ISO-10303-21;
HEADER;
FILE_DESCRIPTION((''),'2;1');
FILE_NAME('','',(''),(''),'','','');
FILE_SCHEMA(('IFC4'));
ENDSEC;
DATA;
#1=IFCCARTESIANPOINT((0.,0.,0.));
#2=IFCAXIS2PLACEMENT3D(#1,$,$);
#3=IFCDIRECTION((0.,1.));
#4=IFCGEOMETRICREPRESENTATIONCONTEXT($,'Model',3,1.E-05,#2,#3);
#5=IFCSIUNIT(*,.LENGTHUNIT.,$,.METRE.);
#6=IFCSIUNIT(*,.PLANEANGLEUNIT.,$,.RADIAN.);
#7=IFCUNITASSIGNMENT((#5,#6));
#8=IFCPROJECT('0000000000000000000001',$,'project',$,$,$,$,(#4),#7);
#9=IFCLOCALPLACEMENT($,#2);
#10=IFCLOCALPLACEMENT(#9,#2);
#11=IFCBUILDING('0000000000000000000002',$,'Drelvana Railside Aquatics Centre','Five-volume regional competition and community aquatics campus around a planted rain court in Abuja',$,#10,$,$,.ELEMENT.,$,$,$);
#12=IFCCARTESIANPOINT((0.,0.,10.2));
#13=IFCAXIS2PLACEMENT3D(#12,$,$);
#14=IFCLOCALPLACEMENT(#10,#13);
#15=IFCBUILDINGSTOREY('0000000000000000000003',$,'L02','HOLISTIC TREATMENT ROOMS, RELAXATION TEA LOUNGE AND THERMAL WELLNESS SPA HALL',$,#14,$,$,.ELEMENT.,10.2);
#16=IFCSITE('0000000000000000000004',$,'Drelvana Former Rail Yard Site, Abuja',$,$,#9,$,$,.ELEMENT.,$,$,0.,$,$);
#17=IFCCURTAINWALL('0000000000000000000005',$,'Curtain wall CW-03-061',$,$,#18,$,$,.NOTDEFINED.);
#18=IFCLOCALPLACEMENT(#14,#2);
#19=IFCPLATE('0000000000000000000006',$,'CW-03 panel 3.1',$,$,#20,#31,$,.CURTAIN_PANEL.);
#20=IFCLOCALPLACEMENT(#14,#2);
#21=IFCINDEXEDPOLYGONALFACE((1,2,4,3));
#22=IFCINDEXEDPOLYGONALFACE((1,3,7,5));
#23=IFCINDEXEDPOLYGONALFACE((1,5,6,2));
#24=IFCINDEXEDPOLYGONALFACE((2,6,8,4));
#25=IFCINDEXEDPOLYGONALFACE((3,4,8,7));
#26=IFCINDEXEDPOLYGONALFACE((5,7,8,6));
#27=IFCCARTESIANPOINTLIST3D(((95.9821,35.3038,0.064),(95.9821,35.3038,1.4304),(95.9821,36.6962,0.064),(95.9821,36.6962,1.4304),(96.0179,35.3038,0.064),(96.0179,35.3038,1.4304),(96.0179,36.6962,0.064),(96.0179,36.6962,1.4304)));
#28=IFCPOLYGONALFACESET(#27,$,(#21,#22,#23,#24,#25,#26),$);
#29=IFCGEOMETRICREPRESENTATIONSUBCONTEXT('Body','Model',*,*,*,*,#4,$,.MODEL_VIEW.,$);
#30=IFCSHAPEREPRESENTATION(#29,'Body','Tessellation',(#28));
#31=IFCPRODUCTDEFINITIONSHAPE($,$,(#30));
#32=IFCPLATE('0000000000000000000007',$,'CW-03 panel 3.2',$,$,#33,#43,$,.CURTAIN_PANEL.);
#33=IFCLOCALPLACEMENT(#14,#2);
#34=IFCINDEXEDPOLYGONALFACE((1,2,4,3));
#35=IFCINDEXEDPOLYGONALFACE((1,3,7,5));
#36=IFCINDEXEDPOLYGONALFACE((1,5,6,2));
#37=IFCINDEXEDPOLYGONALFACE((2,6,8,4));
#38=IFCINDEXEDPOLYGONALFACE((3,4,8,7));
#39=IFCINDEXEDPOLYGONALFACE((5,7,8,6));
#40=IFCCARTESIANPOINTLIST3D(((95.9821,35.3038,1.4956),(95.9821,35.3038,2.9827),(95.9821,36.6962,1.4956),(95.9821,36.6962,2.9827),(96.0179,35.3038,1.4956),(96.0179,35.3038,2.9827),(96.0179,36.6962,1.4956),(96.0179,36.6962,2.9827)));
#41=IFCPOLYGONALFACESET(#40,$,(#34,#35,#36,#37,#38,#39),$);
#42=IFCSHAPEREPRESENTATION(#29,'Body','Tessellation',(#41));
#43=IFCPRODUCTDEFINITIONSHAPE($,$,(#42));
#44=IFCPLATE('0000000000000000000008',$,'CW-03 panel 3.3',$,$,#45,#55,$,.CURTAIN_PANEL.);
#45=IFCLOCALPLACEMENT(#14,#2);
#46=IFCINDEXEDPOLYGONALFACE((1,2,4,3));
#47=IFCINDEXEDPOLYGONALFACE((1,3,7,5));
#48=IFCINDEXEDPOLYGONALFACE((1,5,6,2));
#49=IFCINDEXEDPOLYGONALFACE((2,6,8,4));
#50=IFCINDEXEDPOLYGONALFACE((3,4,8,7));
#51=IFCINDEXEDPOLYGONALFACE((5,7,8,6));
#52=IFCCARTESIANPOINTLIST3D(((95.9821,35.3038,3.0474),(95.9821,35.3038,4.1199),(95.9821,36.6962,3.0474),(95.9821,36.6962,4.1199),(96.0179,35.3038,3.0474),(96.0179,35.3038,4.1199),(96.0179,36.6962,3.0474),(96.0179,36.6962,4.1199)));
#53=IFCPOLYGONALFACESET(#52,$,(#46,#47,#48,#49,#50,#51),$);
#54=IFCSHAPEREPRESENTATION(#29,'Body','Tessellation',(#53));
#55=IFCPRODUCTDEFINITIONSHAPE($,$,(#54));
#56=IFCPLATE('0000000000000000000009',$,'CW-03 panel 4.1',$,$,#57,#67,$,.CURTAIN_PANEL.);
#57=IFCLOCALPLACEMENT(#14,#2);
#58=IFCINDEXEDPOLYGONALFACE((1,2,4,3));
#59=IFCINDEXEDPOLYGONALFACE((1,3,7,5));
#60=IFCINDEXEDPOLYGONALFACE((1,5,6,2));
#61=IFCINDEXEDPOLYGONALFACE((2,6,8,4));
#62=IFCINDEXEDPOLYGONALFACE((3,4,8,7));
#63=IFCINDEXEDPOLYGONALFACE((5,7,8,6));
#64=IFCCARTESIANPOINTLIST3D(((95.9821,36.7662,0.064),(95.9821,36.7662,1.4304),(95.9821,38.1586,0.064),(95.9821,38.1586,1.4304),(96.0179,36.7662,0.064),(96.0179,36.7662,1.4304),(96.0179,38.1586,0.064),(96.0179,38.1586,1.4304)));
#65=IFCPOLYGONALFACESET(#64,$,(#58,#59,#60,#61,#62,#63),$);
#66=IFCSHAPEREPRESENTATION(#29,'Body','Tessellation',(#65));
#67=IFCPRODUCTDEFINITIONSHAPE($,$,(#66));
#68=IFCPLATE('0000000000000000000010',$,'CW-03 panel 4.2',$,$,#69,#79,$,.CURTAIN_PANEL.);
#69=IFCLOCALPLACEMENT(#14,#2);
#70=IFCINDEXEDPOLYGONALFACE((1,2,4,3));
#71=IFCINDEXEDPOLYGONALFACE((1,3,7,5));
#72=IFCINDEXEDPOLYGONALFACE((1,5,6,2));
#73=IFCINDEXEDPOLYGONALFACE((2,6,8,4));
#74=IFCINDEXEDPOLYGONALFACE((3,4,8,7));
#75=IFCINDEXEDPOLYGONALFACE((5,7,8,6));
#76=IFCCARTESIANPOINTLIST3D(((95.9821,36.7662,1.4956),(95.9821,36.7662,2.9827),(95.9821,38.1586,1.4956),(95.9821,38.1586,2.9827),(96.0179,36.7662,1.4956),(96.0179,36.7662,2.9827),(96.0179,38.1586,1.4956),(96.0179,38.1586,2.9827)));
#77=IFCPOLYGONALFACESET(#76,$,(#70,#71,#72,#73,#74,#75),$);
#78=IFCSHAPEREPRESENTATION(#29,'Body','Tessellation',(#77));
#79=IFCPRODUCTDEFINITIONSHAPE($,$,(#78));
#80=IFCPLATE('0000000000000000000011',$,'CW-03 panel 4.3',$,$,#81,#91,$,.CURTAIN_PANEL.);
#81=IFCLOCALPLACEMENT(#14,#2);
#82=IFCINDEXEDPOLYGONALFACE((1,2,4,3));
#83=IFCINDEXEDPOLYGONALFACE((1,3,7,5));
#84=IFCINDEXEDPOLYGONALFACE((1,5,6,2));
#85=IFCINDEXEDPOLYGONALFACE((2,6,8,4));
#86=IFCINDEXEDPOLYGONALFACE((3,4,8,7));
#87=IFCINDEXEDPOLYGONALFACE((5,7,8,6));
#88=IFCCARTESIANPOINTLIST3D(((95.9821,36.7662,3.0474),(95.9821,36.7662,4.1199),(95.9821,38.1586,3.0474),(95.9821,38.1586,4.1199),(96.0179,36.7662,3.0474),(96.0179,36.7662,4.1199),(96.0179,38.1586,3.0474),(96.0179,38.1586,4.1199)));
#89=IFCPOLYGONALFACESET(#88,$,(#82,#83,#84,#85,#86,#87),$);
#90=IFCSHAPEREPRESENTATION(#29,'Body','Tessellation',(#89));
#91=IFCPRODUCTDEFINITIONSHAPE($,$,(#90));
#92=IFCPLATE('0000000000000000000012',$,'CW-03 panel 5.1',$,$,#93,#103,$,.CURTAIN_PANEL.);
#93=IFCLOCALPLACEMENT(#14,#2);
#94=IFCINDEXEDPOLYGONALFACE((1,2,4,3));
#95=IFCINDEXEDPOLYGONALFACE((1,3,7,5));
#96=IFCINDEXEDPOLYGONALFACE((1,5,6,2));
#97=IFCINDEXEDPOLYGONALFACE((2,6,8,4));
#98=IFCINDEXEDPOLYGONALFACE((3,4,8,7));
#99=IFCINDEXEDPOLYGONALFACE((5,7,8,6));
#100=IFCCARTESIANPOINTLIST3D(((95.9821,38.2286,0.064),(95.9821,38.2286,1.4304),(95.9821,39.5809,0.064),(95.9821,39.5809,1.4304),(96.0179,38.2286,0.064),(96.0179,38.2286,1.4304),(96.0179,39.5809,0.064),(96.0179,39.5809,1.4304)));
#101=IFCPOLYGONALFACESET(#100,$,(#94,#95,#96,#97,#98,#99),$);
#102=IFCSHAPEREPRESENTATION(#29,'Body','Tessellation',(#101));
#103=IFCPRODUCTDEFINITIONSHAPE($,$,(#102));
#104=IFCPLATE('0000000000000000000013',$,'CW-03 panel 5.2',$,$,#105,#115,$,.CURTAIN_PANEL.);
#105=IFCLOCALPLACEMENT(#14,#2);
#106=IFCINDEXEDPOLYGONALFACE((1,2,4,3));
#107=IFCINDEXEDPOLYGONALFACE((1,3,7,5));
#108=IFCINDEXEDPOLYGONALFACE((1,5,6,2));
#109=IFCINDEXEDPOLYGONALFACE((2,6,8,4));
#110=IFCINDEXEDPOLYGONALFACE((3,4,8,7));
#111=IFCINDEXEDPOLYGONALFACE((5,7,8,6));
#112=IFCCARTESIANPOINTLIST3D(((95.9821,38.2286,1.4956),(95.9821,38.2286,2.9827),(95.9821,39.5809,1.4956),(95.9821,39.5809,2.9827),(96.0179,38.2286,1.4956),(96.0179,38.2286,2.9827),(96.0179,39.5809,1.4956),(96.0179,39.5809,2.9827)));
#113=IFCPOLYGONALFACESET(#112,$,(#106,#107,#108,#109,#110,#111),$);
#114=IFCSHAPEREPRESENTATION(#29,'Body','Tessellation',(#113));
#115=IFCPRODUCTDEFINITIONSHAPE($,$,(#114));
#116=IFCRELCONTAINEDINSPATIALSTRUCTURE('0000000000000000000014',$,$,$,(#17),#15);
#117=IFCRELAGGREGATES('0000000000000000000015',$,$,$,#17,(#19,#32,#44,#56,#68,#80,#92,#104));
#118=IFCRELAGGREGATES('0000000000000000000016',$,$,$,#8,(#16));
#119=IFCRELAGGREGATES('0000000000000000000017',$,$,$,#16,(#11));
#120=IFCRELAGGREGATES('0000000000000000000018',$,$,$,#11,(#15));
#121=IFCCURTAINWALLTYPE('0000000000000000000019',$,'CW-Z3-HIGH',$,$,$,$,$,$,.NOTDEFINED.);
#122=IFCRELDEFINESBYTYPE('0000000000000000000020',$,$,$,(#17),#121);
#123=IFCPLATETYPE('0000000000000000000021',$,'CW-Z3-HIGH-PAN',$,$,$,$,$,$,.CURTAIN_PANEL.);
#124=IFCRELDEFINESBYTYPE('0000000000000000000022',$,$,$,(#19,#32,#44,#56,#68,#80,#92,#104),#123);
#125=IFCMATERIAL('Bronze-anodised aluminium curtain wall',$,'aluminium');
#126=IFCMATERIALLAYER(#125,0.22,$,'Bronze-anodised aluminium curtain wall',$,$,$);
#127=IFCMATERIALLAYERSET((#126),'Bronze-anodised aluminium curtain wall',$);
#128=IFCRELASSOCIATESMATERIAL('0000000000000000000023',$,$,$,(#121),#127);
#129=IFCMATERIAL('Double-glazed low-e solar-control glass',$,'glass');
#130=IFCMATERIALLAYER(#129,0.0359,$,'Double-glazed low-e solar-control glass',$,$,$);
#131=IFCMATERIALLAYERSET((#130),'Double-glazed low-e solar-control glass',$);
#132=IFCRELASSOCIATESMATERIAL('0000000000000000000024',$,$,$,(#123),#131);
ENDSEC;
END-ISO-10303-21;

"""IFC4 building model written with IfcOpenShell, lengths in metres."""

from ifc_helpers import new_model, si_unit, direction, frame, origin, origin_2d, place, context, subcontext, project, spatial, rectangle, extrude, material, layer, layer_set, type_object, element, aggregate, save


model = new_model("IFC4")

# Units and contexts
model_context = context("Model", 3, precision=1e-05, world=origin(), true_north=direction((0.0, 1.0)))
body_context = subcontext(model_context, "Body", "Model", "MODEL_VIEW")
ifc_project = project(units=[si_unit("LENGTHUNIT", "METRE"), si_unit("PLANEANGLEUNIT", "RADIAN")], contexts=[model_context])

# Site, building, storey
site_placement = place(None, origin())
site = spatial("IfcSite", under=ifc_project, at=site_placement, Name="Drelvana Former Rail Yard Site, Abuja", CompositionType="ELEMENT", RefElevation=0.0)
building_placement = place(site_placement, origin())
building = spatial("IfcBuilding", under=site, at=building_placement, Name="Drelvana Railside Aquatics Centre", Description="Five-volume regional competition and community aquatics campus around a planted rain court in Abuja", CompositionType="ELEMENT")
storey_placement = place(building_placement, frame((0.0, 0.0, 10.2)))
storey = spatial("IfcBuildingStorey", under=building, at=storey_placement, Name="L02", Description="HOLISTIC TREATMENT ROOMS, RELAXATION TEA LOUNGE AND THERMAL WELLNESS SPA HALL", CompositionType="ELEMENT", Elevation=10.2)

# Curtain wall, plates
ifc_material_1 = material(Name="Bronze-anodised aluminium curtain wall", Category="aluminium")
ifc_layer_1 = layer(ifc_material_1, 0.22, Name="Bronze-anodised aluminium curtain wall")
ifc_layer_set_1 = layer_set([ifc_layer_1], Name="Bronze-anodised aluminium curtain wall")
curtain_wall_type = type_object("IfcCurtainWallType", Name="CW-Z3-HIGH", PredefinedType="NOTDEFINED", material=ifc_layer_set_1)
curtain_wall_placement = place(storey_placement, origin())
curtain_wall = element("IfcCurtainWall", 1, at=curtain_wall_placement, inside=storey, type_object=curtain_wall_type, Name="Curtain wall CW-03-061", PredefinedType="NOTDEFINED")
ifc_material_2 = material(Name="Double-glazed low-e solar-control glass", Category="glass")
ifc_layer_2 = layer(ifc_material_2, 0.0359, Name="Double-glazed low-e solar-control glass")
ifc_layer_set_2 = layer_set([ifc_layer_2], Name="Double-glazed low-e solar-control glass")
plate_type = type_object("IfcPlateType", Name="CW-Z3-HIGH-PAN", PredefinedType="CURTAIN_PANEL", material=ifc_layer_set_2)
plate_1_placement = place(storey_placement, frame((96.0, 36.0, 0.064), z_axis=(0.0, 0.0, 1.0), x_axis=(0.0, 1.0, 0.0)))
plate_1 = element("IfcPlate", 2, at=plate_1_placement, type_object=plate_type, Name="CW-03 panel 3.1", PredefinedType="CURTAIN_PANEL", context=body_context, shape_type="SweptSolid", body=[
    extrude(rectangle(XDim=1.3923, YDim=0.0359, at=origin_2d()), origin(), (0.0, 0.0, 1.0), 1.3665),
])
plate_2_placement = place(storey_placement, frame((96.0, 36.0, 1.4956), z_axis=(0.0, 0.0, 1.0), x_axis=(0.0, 1.0, 0.0)))
plate_2 = element("IfcPlate", 3, at=plate_2_placement, type_object=plate_type, Name="CW-03 panel 3.2", PredefinedType="CURTAIN_PANEL", context=body_context, shape_type="SweptSolid", body=[
    extrude(rectangle(XDim=1.3923, YDim=0.0359, at=origin_2d()), origin(), (0.0, 0.0, 1.0), 1.4871),
])
plate_3_placement = place(storey_placement, frame((96.0, 36.0, 3.0474), z_axis=(0.0, 0.0, 1.0), x_axis=(0.0, 1.0, 0.0)))
plate_3 = element("IfcPlate", 4, at=plate_3_placement, type_object=plate_type, Name="CW-03 panel 3.3", PredefinedType="CURTAIN_PANEL", context=body_context, shape_type="SweptSolid", body=[
    extrude(rectangle(XDim=1.3923, YDim=0.0359, at=origin_2d()), origin(), (0.0, 0.0, 1.0), 1.0725),
])
plate_4_placement = place(storey_placement, frame((96.0, 37.4624, 0.064), z_axis=(0.0, 0.0, 1.0), x_axis=(0.0, 1.0, 0.0)))
plate_4 = element("IfcPlate", 5, at=plate_4_placement, type_object=plate_type, Name="CW-03 panel 4.1", PredefinedType="CURTAIN_PANEL", context=body_context, shape_type="SweptSolid", body=[
    extrude(rectangle(XDim=1.3923, YDim=0.0359, at=origin_2d()), origin(), (0.0, 0.0, 1.0), 1.3665),
])
plate_5_placement = place(storey_placement, frame((96.0, 37.4624, 1.4956), z_axis=(0.0, 0.0, 1.0), x_axis=(0.0, 1.0, 0.0)))
plate_5 = element("IfcPlate", 6, at=plate_5_placement, type_object=plate_type, Name="CW-03 panel 4.2", PredefinedType="CURTAIN_PANEL", context=body_context, shape_type="SweptSolid", body=[
    extrude(rectangle(XDim=1.3923, YDim=0.0359, at=origin_2d()), origin(), (0.0, 0.0, 1.0), 1.4871),
])
plate_6_placement = place(storey_placement, frame((96.0, 37.4624, 3.0474), z_axis=(0.0, 0.0, 1.0), x_axis=(0.0, 1.0, 0.0)))
plate_6 = element("IfcPlate", 7, at=plate_6_placement, type_object=plate_type, Name="CW-03 panel 4.3", PredefinedType="CURTAIN_PANEL", context=body_context, shape_type="SweptSolid", body=[
    extrude(rectangle(XDim=1.3923, YDim=0.0359, at=origin_2d()), origin(), (0.0, 0.0, 1.0), 1.0725),
])
plate_7_placement = place(storey_placement, frame((96.0, 38.9048, 0.064), z_axis=(0.0, 0.0, 1.0), x_axis=(0.0, 1.0, 0.0)))
plate_7 = element("IfcPlate", 8, at=plate_7_placement, type_object=plate_type, Name="CW-03 panel 5.1", PredefinedType="CURTAIN_PANEL", context=body_context, shape_type="SweptSolid", body=[
    extrude(rectangle(XDim=1.3523, YDim=0.0359, at=origin_2d()), origin(), (0.0, 0.0, 1.0), 1.3665),
])
plate_8_placement = place(storey_placement, frame((96.0, 38.9048, 1.4956), z_axis=(0.0, 0.0, 1.0), x_axis=(0.0, 1.0, 0.0)))
plate_8 = element("IfcPlate", 9, at=plate_8_placement, type_object=plate_type, Name="CW-03 panel 5.2", PredefinedType="CURTAIN_PANEL", context=body_context, shape_type="SweptSolid", body=[
    extrude(rectangle(XDim=1.3523, YDim=0.0359, at=origin_2d()), origin(), (0.0, 0.0, 1.0), 1.4871),
])
aggregate(curtain_wall, [plate_1, plate_2, plate_3, plate_4, plate_5, plate_6, plate_7, plate_8])

save(model, "model.ifc")
